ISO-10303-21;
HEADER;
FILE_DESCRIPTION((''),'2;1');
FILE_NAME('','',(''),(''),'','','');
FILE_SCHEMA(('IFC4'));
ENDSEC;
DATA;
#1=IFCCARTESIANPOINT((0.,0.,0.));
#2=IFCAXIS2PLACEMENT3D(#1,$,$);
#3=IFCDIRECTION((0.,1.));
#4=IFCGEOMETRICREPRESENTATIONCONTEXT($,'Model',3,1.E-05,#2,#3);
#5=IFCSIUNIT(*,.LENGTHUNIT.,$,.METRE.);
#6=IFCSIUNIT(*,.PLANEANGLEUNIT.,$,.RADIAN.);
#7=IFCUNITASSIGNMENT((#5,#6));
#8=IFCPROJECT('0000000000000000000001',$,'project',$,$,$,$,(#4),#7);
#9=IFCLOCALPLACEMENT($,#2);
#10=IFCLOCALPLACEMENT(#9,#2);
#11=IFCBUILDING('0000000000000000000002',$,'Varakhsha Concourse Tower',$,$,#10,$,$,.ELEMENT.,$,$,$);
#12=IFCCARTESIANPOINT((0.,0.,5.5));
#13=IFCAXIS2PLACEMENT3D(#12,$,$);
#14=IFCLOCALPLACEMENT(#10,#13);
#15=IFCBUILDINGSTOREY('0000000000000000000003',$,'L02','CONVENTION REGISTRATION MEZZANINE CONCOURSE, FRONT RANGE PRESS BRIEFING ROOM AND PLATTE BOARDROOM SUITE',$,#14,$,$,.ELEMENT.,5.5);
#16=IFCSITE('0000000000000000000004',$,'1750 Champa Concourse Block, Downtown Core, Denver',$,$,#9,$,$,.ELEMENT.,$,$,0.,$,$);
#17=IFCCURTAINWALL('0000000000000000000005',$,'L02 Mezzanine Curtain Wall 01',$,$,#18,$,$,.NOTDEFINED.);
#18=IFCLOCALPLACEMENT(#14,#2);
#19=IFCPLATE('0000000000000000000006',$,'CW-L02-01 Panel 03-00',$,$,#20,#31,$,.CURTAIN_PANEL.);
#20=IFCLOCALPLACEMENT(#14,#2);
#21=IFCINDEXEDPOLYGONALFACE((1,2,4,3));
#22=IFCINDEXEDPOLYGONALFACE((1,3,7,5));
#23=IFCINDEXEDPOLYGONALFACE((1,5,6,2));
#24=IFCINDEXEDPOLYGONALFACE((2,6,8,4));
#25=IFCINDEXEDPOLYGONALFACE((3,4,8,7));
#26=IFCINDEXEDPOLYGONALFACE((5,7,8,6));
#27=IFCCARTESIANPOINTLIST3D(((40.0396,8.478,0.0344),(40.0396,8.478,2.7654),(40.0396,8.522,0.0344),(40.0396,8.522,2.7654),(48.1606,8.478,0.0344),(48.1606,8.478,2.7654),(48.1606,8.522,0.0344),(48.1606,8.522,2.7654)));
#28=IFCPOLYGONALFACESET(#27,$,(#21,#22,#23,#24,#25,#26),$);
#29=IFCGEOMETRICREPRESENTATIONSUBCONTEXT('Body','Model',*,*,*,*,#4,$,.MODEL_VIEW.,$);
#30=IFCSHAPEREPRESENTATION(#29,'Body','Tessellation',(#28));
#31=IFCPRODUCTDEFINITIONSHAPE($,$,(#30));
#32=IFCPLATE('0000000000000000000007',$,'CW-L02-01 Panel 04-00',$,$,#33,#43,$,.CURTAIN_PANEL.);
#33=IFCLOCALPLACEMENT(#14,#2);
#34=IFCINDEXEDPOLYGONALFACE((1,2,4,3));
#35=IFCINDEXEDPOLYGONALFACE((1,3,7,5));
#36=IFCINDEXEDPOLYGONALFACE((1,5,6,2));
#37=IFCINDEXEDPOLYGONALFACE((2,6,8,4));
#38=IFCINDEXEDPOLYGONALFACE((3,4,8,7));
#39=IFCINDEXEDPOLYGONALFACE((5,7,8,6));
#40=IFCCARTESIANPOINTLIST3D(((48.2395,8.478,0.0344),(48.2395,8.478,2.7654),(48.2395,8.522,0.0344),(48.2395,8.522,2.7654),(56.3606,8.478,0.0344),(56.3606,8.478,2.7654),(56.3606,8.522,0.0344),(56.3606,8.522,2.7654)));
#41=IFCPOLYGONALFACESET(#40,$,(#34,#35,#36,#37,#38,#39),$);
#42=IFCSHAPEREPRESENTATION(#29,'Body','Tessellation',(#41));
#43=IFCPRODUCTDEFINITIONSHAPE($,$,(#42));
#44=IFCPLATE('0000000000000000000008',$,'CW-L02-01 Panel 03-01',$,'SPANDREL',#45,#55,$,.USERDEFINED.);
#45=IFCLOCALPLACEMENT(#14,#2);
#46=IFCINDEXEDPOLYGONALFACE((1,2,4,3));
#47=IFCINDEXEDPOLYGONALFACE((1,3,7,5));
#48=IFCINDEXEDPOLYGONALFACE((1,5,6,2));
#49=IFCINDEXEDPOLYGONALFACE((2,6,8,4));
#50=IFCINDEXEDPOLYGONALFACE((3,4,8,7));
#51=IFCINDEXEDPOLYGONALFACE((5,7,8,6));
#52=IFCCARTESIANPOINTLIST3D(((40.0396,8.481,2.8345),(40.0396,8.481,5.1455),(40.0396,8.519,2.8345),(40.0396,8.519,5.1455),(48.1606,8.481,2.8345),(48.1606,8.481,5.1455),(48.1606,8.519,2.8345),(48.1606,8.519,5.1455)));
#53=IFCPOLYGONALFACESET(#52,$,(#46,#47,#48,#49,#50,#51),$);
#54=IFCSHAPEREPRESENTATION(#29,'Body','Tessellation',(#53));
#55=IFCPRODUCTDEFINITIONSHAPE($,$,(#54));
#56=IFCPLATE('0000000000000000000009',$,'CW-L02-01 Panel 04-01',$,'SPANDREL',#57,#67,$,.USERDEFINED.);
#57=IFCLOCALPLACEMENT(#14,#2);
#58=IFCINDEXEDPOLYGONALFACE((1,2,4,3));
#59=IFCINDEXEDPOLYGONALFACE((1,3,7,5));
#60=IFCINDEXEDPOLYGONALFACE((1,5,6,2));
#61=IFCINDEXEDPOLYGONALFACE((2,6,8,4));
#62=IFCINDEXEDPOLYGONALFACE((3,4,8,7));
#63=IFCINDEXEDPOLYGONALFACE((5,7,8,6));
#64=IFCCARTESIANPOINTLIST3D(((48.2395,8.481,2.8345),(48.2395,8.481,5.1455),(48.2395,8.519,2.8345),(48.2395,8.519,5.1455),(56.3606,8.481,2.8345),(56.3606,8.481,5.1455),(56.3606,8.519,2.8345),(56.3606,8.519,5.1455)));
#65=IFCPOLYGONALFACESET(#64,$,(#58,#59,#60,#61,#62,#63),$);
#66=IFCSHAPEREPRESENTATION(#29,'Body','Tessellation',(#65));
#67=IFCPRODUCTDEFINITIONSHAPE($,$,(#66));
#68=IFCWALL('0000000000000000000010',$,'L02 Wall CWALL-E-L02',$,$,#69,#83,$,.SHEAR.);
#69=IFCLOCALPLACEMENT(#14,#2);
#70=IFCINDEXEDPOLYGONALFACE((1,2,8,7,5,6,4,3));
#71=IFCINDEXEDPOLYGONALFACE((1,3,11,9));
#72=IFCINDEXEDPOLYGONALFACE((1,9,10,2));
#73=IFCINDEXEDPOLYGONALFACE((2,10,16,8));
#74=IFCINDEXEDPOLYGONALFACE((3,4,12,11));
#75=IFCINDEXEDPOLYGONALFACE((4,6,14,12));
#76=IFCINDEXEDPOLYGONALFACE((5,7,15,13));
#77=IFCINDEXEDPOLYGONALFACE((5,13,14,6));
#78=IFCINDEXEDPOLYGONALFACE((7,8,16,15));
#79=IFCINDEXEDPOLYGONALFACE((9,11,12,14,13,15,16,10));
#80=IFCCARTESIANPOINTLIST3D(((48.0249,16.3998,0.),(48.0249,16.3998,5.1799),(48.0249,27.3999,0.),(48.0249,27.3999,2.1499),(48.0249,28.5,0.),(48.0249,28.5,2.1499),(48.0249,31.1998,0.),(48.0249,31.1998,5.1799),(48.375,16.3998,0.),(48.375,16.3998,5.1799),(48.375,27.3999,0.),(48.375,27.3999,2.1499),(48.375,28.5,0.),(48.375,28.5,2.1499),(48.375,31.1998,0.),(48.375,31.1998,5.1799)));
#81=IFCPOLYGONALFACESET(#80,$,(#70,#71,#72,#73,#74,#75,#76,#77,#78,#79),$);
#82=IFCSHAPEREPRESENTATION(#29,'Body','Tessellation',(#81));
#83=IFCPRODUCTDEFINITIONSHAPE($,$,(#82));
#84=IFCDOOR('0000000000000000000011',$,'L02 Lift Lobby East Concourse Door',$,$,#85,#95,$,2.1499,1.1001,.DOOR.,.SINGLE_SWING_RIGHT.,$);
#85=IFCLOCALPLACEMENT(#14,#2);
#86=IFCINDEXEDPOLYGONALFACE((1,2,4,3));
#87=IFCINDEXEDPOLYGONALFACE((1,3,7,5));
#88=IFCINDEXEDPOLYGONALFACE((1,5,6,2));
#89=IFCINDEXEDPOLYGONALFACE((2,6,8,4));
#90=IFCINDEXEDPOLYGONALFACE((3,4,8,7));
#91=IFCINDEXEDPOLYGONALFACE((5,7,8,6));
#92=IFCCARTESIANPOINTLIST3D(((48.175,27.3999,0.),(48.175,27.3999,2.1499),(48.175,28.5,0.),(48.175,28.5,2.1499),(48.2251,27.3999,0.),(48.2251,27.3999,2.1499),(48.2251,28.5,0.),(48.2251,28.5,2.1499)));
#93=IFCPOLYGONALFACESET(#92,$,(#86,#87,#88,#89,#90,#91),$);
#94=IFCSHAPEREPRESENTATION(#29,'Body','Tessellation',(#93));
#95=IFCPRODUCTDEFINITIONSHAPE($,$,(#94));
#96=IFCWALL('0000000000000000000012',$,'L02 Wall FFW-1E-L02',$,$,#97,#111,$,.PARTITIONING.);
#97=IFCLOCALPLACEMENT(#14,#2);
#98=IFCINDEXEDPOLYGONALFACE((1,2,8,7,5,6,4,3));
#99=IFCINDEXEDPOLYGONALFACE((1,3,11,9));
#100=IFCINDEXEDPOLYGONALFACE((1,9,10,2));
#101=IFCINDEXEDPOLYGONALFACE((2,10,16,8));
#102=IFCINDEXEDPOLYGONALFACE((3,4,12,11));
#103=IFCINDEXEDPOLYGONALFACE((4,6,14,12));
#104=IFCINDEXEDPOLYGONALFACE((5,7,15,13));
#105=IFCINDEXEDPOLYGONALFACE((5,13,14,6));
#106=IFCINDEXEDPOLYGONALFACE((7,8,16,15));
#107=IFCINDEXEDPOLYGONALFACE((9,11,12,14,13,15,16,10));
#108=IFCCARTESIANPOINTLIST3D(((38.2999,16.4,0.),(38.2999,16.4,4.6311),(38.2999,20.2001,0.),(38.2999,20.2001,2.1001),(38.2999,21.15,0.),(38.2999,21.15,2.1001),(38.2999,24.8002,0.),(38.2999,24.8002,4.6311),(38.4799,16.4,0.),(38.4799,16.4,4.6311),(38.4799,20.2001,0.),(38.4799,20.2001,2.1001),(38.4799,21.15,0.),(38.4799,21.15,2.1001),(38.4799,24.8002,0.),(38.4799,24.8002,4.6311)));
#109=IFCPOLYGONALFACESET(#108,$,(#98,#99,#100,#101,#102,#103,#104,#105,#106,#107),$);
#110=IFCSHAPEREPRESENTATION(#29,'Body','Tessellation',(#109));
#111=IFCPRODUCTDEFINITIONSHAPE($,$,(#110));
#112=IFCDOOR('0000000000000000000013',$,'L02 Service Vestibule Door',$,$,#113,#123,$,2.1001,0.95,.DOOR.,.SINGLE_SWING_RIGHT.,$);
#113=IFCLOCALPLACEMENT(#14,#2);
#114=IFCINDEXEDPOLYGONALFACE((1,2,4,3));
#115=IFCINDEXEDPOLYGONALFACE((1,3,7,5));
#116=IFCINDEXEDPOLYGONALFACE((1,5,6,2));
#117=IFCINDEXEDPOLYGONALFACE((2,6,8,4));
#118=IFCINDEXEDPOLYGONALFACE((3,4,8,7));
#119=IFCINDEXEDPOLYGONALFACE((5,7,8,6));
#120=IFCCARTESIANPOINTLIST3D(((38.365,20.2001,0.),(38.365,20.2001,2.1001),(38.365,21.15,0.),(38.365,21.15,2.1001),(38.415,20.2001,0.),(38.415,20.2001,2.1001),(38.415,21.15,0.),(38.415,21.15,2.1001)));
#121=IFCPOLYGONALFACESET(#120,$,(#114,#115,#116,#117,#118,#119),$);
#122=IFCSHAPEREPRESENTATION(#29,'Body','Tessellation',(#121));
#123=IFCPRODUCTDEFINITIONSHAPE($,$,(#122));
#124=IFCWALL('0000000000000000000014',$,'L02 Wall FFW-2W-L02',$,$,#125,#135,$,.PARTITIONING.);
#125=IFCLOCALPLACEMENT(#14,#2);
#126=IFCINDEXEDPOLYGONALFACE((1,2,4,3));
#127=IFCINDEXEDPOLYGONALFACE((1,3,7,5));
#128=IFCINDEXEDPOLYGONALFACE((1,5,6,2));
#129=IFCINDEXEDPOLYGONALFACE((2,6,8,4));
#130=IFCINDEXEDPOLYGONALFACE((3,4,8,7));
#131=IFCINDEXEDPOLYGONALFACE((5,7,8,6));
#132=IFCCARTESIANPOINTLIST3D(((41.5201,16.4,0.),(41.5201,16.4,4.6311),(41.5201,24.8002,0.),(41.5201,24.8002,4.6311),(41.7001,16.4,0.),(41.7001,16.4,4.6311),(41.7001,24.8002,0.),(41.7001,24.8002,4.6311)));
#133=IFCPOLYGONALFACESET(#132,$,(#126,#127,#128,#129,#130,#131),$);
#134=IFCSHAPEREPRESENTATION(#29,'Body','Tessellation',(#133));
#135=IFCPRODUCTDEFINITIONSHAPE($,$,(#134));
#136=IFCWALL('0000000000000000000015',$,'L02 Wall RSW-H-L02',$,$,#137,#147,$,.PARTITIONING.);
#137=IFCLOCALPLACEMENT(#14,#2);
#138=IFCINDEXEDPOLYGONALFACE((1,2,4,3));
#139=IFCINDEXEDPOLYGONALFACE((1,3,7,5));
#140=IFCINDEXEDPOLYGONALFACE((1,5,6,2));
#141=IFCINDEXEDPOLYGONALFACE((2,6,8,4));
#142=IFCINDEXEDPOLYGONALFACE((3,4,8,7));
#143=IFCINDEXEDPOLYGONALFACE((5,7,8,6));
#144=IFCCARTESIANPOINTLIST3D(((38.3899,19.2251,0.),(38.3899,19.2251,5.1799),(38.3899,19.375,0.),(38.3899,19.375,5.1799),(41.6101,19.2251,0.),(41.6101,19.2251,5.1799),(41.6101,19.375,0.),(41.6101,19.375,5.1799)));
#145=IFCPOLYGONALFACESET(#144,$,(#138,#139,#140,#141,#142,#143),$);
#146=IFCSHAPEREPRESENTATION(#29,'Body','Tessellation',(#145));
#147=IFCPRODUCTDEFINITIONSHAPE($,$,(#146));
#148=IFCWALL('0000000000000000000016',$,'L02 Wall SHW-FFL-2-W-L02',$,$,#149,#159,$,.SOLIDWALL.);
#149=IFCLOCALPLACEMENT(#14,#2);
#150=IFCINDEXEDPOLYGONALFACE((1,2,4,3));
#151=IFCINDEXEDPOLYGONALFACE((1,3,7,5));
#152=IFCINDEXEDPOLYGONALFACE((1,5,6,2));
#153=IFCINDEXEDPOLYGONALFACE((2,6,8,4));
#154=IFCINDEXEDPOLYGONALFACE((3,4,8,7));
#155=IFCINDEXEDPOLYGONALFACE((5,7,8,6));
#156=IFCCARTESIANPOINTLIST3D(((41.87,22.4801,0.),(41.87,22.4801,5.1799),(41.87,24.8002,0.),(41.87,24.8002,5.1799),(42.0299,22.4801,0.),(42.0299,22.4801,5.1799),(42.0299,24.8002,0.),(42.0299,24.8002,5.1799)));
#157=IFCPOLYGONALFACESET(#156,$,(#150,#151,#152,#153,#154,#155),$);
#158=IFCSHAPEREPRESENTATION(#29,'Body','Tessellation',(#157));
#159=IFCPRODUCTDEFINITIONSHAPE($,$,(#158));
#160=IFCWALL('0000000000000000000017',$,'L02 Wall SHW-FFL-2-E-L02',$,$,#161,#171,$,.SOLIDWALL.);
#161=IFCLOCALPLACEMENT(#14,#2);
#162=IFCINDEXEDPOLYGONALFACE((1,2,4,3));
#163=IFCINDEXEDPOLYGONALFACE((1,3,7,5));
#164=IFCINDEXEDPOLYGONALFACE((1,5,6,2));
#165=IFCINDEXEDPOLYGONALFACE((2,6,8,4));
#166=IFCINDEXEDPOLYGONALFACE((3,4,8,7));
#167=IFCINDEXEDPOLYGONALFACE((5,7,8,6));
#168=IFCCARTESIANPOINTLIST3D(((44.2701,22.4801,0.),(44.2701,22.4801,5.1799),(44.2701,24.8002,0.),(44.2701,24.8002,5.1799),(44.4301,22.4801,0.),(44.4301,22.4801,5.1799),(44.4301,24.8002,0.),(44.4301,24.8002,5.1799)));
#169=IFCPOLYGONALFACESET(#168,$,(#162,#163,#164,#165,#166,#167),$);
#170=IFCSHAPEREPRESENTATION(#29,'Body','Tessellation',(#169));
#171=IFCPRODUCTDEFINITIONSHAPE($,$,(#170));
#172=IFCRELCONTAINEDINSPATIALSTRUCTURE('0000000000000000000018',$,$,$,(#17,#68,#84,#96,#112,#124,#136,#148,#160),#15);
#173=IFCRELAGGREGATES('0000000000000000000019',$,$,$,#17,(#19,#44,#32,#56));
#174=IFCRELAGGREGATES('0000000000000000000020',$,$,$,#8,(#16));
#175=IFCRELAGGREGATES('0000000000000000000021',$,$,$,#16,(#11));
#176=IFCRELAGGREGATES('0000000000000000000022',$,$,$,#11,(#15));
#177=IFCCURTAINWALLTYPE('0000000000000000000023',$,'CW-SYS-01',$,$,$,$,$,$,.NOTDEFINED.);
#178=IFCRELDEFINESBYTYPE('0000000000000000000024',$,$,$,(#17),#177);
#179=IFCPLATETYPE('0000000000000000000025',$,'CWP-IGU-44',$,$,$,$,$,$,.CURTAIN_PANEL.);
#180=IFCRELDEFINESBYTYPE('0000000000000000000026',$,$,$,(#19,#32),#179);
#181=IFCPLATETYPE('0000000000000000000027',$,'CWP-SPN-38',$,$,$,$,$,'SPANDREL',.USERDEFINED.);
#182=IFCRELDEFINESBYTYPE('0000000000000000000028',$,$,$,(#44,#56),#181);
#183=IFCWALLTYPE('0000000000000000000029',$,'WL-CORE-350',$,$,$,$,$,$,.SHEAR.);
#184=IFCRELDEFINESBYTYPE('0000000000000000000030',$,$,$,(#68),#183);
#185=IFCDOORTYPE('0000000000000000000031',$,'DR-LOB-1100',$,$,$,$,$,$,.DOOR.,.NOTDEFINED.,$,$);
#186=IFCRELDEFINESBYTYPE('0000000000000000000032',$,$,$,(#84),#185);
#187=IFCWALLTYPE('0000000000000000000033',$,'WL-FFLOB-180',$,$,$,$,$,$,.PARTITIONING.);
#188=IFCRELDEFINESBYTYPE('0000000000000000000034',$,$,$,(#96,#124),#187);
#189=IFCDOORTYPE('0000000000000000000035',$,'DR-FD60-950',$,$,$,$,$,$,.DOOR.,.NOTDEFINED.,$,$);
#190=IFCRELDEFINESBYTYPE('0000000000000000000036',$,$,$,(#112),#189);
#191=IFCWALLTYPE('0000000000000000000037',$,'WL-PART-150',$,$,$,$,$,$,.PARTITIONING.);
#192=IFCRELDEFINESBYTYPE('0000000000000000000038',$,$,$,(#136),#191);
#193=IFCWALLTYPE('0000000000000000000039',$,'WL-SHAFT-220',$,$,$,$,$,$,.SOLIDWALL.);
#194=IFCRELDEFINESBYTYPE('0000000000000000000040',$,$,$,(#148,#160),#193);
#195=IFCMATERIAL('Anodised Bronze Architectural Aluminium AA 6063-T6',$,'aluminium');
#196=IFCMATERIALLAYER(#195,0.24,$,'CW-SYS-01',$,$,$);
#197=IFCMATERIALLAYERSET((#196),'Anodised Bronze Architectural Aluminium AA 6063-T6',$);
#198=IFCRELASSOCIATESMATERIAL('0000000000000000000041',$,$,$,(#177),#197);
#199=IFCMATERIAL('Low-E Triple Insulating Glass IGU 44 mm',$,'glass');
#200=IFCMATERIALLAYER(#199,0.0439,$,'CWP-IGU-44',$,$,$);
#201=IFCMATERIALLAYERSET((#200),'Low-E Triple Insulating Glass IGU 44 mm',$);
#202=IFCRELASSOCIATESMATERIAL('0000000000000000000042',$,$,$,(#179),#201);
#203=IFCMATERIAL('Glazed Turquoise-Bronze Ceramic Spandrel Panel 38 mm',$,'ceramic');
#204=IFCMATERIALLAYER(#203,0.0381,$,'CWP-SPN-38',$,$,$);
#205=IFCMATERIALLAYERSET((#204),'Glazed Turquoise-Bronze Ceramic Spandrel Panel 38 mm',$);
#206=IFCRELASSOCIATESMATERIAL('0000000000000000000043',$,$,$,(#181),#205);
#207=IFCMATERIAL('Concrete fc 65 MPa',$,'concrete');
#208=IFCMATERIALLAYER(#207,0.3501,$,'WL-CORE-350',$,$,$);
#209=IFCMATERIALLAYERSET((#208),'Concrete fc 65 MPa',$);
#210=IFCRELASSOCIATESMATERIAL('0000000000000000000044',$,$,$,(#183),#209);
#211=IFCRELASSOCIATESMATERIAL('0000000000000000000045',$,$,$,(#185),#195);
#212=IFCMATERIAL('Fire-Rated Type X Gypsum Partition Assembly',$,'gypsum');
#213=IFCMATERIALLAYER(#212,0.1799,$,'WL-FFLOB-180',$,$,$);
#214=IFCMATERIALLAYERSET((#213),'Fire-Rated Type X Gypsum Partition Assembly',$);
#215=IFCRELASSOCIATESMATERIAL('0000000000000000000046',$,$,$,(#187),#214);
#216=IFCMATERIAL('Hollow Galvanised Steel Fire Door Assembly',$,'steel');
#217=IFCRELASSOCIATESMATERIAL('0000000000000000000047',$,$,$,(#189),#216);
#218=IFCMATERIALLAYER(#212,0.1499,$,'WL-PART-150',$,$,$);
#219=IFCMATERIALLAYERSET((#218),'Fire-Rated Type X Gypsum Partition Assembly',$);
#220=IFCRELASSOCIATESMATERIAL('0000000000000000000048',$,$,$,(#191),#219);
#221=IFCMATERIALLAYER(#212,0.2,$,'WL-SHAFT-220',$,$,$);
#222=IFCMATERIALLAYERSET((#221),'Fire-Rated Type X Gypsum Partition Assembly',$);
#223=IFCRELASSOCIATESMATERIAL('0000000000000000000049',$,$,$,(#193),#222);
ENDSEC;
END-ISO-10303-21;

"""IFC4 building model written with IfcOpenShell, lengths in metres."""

from ifc_helpers import new_model, si_unit, direction, frame, frame_2d, origin, origin_2d, place, context, subcontext, project, spatial, rectangle, extrude, source, transform, mapped, material, layer, layer_set, type_object, type_shapes, element, fill, aggregate, save


model = new_model("IFC4")

# Units and contexts
model_context = context("Model", 3, precision=1e-05, world=origin(), true_north=direction((0.0, 1.0)))
body_context = subcontext(model_context, "Body", "Model", "MODEL_VIEW")
ifc_project = project(units=[si_unit("LENGTHUNIT", "METRE"), si_unit("PLANEANGLEUNIT", "RADIAN")], contexts=[model_context])

# Site, building, storey
site_placement = place(None, origin())
site = spatial("IfcSite", under=ifc_project, at=site_placement, Name="1750 Champa Concourse Block, Downtown Core, Denver", CompositionType="ELEMENT", RefElevation=0.0)
building_placement = place(site_placement, origin())
building = spatial("IfcBuilding", under=site, at=building_placement, Name="Varakhsha Concourse Tower", CompositionType="ELEMENT")
storey_placement = place(building_placement, frame((0.0, 0.0, 5.5)))
storey = spatial("IfcBuildingStorey", under=building, at=storey_placement, Name="L02", Description="CONVENTION REGISTRATION MEZZANINE CONCOURSE, FRONT RANGE PRESS BRIEFING ROOM AND PLATTE BOARDROOM SUITE", CompositionType="ELEMENT", Elevation=5.5)

# Shared definitions
ifc_material_1 = material(Name="Concrete fc 65 MPa", Category="concrete")

# Curtain wall, plates
ifc_material_2 = material(Name="Anodised Bronze Architectural Aluminium AA 6063-T6", Category="aluminium")
ifc_layer_1 = layer(ifc_material_2, 0.24, Name="CW-SYS-01")
ifc_layer_set_1 = layer_set([ifc_layer_1], Name="Anodised Bronze Architectural Aluminium AA 6063-T6")
curtain_wall_type = type_object("IfcCurtainWallType", Name="CW-SYS-01", PredefinedType="NOTDEFINED", material=ifc_layer_set_1)
curtain_wall_placement = place(storey_placement, origin())
curtain_wall = element("IfcCurtainWall", 1, at=curtain_wall_placement, inside=storey, type_object=curtain_wall_type, Name="L02 Mezzanine Curtain Wall 01", PredefinedType="NOTDEFINED")
ifc_material_3 = material(Name="Low-E Triple Insulating Glass IGU 44 mm", Category="glass")
ifc_layer_2 = layer(ifc_material_3, 0.0439, Name="CWP-IGU-44")
ifc_layer_set_2 = layer_set([ifc_layer_2], Name="Low-E Triple Insulating Glass IGU 44 mm")
plate_type_1 = type_object("IfcPlateType", Name="CWP-IGU-44", PredefinedType="CURTAIN_PANEL", material=ifc_layer_set_2)
shared_shape_1 = source(origin(), body_context, "Body", "SweptSolid", [
    extrude(rectangle(XDim=8.1211, YDim=0.0439, at=origin_2d()), origin(), (0.0, 0.0, 1.0), 2.731),
])
type_shapes(plate_type_1, [shared_shape_1])
plate_1_placement = place(storey_placement, frame((44.1001, 8.5, 0.0344), z_axis=(0.0, 0.0, 1.0), x_axis=(1.0, 0.0, 0.0)))
plate_1 = element("IfcPlate", 2, at=plate_1_placement, type_object=plate_type_1, Name="CW-L02-01 Panel 03-00", PredefinedType="CURTAIN_PANEL", context=body_context, shape_type="MappedRepresentation", body=[
    mapped(shared_shape_1, transform((0.0, 0.0, 0.0), scale=1.0)),
])
plate_2_placement = place(storey_placement, frame((52.3, 8.5, 0.0344), z_axis=(0.0, 0.0, 1.0), x_axis=(1.0, 0.0, 0.0)))
plate_2 = element("IfcPlate", 3, at=plate_2_placement, type_object=plate_type_1, Name="CW-L02-01 Panel 04-00", PredefinedType="CURTAIN_PANEL", context=body_context, shape_type="MappedRepresentation", body=[
    mapped(shared_shape_1, transform((0.0, 0.0, 0.0), scale=1.0)),
])
ifc_material_4 = material(Name="Glazed Turquoise-Bronze Ceramic Spandrel Panel 38 mm", Category="ceramic")
ifc_layer_3 = layer(ifc_material_4, 0.0381, Name="CWP-SPN-38")
ifc_layer_set_3 = layer_set([ifc_layer_3], Name="Glazed Turquoise-Bronze Ceramic Spandrel Panel 38 mm")
plate_type_2 = type_object("IfcPlateType", Name="CWP-SPN-38", ElementType="SPANDREL", PredefinedType="USERDEFINED", material=ifc_layer_set_3)
shared_shape_2 = source(origin(), body_context, "Body", "SweptSolid", [
    extrude(rectangle(XDim=8.1211, YDim=0.0381, at=origin_2d()), origin(), (0.0, 0.0, 1.0), 2.311),
])
type_shapes(plate_type_2, [shared_shape_2])
plate_3_placement = place(storey_placement, frame((44.1001, 8.5, 2.8345), z_axis=(0.0, 0.0, 1.0), x_axis=(1.0, 0.0, 0.0)))
plate_3 = element("IfcPlate", 4, at=plate_3_placement, type_object=plate_type_2, Name="CW-L02-01 Panel 03-01", ObjectType="SPANDREL", PredefinedType="USERDEFINED", context=body_context, shape_type="MappedRepresentation", body=[
    mapped(shared_shape_2, transform((0.0, 0.0, 0.0), scale=1.0)),
])
plate_4_placement = place(storey_placement, frame((52.3, 8.5, 2.8345), z_axis=(0.0, 0.0, 1.0), x_axis=(1.0, 0.0, 0.0)))
plate_4 = element("IfcPlate", 5, at=plate_4_placement, type_object=plate_type_2, Name="CW-L02-01 Panel 04-01", ObjectType="SPANDREL", PredefinedType="USERDEFINED", context=body_context, shape_type="MappedRepresentation", body=[
    mapped(shared_shape_2, transform((0.0, 0.0, 0.0), scale=1.0)),
])
aggregate(curtain_wall, [plate_1, plate_3, plate_2, plate_4])

# Walls, openings, doors
ifc_layer_4 = layer(ifc_material_1, 0.3501, Name="WL-CORE-350")
ifc_layer_set_4 = layer_set([ifc_layer_4], Name="Concrete fc 65 MPa")
wall_type_1 = type_object("IfcWallType", Name="WL-CORE-350", PredefinedType="SHEAR", material=ifc_layer_set_4)
wall_1_placement = place(storey_placement, frame((48.2, 16.3999, 0.0), z_axis=(0.0, 0.0, 1.0), x_axis=(0.0, 1.0, 0.0)))
wall_1 = element("IfcWall", 6, at=wall_1_placement, inside=storey, type_object=wall_type_1, Name="L02 Wall CWALL-E-L02", PredefinedType="SHEAR", context=body_context, shape_type="SweptSolid", body=[
    extrude(rectangle(XDim=14.8, YDim=0.3501, at=frame_2d((7.3999, 0.0))), origin(), (0.0, 0.0, 1.0), 5.1799),
])
opening_1_placement = place(wall_1_placement, frame((11.0, 0.0, 0.0)))
opening_1 = element("IfcOpeningElement", 7, at=opening_1_placement, cuts=wall_1, PredefinedType="OPENING", context=body_context, shape_type="SweptSolid", body=[
    extrude(rectangle(XDim=1.1001, YDim=2.1499, at=frame_2d((0.55, 1.075))), frame((0.0, 0.1851, 0.0), z_axis=(0.0, -1.0, 0.0), x_axis=(1.0, 0.0, 0.0)), (0.0, 0.0, 1.0), 0.3701),
])
door_type_1 = type_object("IfcDoorType", Name="DR-LOB-1100", OperationType="NOTDEFINED", PredefinedType="DOOR", material=ifc_material_2)
door_1_placement = place(opening_1_placement, origin())
door_1 = element("IfcDoor", 8, at=door_1_placement, inside=storey, type_object=door_type_1, Name="L02 Lift Lobby East Concourse Door", OperationType="SINGLE_SWING_RIGHT", OverallHeight=2.1499, OverallWidth=1.1001, PredefinedType="DOOR", context=body_context, shape_type="SweptSolid", body=[
    extrude(rectangle(XDim=1.1001, YDim=2.1499, at=frame_2d((0.55, 1.075))), frame((0.0, 0.0249, 0.0), z_axis=(0.0, -1.0, 0.0), x_axis=(1.0, 0.0, 0.0)), (0.0, 0.0, 1.0), 0.05),
])
fill(opening_1, door_1)
ifc_material_5 = material(Name="Fire-Rated Type X Gypsum Partition Assembly", Category="gypsum")
ifc_layer_5 = layer(ifc_material_5, 0.1799, Name="WL-FFLOB-180")
ifc_layer_set_5 = layer_set([ifc_layer_5], Name="Fire-Rated Type X Gypsum Partition Assembly")
wall_type_2 = type_object("IfcWallType", Name="WL-FFLOB-180", PredefinedType="PARTITIONING", material=ifc_layer_set_5)
wall_2_placement = place(storey_placement, frame((38.3899, 16.3999, 0.0), z_axis=(0.0, 0.0, 1.0), x_axis=(0.0, 1.0, 0.0)))
wall_2 = element("IfcWall", 9, at=wall_2_placement, inside=storey, type_object=wall_type_2, Name="L02 Wall FFW-1E-L02", PredefinedType="PARTITIONING", context=body_context, shape_type="SweptSolid", body=[
    extrude(rectangle(XDim=8.4001, YDim=0.1799, at=frame_2d((4.2002, 0.0))), origin(), (0.0, 0.0, 1.0), 4.6311),
])
opening_2_placement = place(wall_2_placement, frame((3.8, 0.0, 0.0)))
opening_2 = element("IfcOpeningElement", 10, at=opening_2_placement, cuts=wall_2, PredefinedType="OPENING", context=body_context, shape_type="SweptSolid", body=[
    extrude(rectangle(XDim=0.95, YDim=2.1001, at=frame_2d((0.4751, 1.05))), frame((0.0, 0.0999, 0.0), z_axis=(0.0, -1.0, 0.0), x_axis=(1.0, 0.0, 0.0)), (0.0, 0.0, 1.0), 0.2),
])
ifc_material_6 = material(Name="Hollow Galvanised Steel Fire Door Assembly", Category="steel")
door_type_2 = type_object("IfcDoorType", Name="DR-FD60-950", OperationType="NOTDEFINED", PredefinedType="DOOR", material=ifc_material_6)
door_2_placement = place(opening_2_placement, origin())
door_2 = element("IfcDoor", 11, at=door_2_placement, inside=storey, type_object=door_type_2, Name="L02 Service Vestibule Door", OperationType="SINGLE_SWING_RIGHT", OverallHeight=2.1001, OverallWidth=0.95, PredefinedType="DOOR", context=body_context, shape_type="SweptSolid", body=[
    extrude(rectangle(XDim=0.95, YDim=2.1001, at=frame_2d((0.4751, 1.05))), frame((0.0, 0.0249, 0.0), z_axis=(0.0, -1.0, 0.0), x_axis=(1.0, 0.0, 0.0)), (0.0, 0.0, 1.0), 0.05),
])
fill(opening_2, door_2)

# Walls
wall_3_placement = place(storey_placement, frame((41.6101, 16.3999, 0.0), z_axis=(0.0, 0.0, 1.0), x_axis=(0.0, 1.0, 0.0)))
element("IfcWall", 12, at=wall_3_placement, inside=storey, type_object=wall_type_2, Name="L02 Wall FFW-2W-L02", PredefinedType="PARTITIONING", context=body_context, shape_type="SweptSolid", body=[
    extrude(rectangle(XDim=8.4001, YDim=0.1799, at=frame_2d((4.2002, 0.0))), origin(), (0.0, 0.0, 1.0), 4.6311),
])
ifc_layer_6 = layer(ifc_material_5, 0.1499, Name="WL-PART-150")
ifc_layer_set_6 = layer_set([ifc_layer_6], Name="Fire-Rated Type X Gypsum Partition Assembly")
wall_type_3 = type_object("IfcWallType", Name="WL-PART-150", PredefinedType="PARTITIONING", material=ifc_layer_set_6)
wall_4_placement = place(storey_placement, frame((38.3899, 19.3, 0.0), z_axis=(0.0, 0.0, 1.0), x_axis=(1.0, 0.0, 0.0)))
element("IfcWall", 13, at=wall_4_placement, inside=storey, type_object=wall_type_3, Name="L02 Wall RSW-H-L02", PredefinedType="PARTITIONING", context=body_context, shape_type="SweptSolid", body=[
    extrude(rectangle(XDim=3.2202, YDim=0.1499, at=frame_2d((1.6101, 0.0))), origin(), (0.0, 0.0, 1.0), 5.1799),
])
ifc_layer_7 = layer(ifc_material_5, 0.2, Name="WL-SHAFT-220")
ifc_layer_set_7 = layer_set([ifc_layer_7], Name="Fire-Rated Type X Gypsum Partition Assembly")
wall_type_4 = type_object("IfcWallType", Name="WL-SHAFT-220", PredefinedType="SOLIDWALL", material=ifc_layer_set_7)
for number, where, z_axis, x_axis, name in (
    (14, (41.95, 22.48, 0.0), (0.0, 0.0, 1.0), (0.0, 1.0, 0.0), "L02 Wall SHW-FFL-2-W-L02"),
    (15, (44.3501, 22.48, 0.0), (0.0, 0.0, 1.0), (0.0, 1.0, 0.0), "L02 Wall SHW-FFL-2-E-L02"),
):
    element("IfcWall", number, at=place(storey_placement, frame(where, z_axis=z_axis, x_axis=x_axis)), inside=storey, type_object=wall_type_4, Name=name, PredefinedType="SOLIDWALL", context=body_context, shape_type="SweptSolid", body=[
        extrude(rectangle(XDim=2.3201, YDim=0.1599, at=frame_2d((1.1602, 0.0))), origin(), (0.0, 0.0, 1.0), 5.1799),
    ])

save(model, "model.ifc")
